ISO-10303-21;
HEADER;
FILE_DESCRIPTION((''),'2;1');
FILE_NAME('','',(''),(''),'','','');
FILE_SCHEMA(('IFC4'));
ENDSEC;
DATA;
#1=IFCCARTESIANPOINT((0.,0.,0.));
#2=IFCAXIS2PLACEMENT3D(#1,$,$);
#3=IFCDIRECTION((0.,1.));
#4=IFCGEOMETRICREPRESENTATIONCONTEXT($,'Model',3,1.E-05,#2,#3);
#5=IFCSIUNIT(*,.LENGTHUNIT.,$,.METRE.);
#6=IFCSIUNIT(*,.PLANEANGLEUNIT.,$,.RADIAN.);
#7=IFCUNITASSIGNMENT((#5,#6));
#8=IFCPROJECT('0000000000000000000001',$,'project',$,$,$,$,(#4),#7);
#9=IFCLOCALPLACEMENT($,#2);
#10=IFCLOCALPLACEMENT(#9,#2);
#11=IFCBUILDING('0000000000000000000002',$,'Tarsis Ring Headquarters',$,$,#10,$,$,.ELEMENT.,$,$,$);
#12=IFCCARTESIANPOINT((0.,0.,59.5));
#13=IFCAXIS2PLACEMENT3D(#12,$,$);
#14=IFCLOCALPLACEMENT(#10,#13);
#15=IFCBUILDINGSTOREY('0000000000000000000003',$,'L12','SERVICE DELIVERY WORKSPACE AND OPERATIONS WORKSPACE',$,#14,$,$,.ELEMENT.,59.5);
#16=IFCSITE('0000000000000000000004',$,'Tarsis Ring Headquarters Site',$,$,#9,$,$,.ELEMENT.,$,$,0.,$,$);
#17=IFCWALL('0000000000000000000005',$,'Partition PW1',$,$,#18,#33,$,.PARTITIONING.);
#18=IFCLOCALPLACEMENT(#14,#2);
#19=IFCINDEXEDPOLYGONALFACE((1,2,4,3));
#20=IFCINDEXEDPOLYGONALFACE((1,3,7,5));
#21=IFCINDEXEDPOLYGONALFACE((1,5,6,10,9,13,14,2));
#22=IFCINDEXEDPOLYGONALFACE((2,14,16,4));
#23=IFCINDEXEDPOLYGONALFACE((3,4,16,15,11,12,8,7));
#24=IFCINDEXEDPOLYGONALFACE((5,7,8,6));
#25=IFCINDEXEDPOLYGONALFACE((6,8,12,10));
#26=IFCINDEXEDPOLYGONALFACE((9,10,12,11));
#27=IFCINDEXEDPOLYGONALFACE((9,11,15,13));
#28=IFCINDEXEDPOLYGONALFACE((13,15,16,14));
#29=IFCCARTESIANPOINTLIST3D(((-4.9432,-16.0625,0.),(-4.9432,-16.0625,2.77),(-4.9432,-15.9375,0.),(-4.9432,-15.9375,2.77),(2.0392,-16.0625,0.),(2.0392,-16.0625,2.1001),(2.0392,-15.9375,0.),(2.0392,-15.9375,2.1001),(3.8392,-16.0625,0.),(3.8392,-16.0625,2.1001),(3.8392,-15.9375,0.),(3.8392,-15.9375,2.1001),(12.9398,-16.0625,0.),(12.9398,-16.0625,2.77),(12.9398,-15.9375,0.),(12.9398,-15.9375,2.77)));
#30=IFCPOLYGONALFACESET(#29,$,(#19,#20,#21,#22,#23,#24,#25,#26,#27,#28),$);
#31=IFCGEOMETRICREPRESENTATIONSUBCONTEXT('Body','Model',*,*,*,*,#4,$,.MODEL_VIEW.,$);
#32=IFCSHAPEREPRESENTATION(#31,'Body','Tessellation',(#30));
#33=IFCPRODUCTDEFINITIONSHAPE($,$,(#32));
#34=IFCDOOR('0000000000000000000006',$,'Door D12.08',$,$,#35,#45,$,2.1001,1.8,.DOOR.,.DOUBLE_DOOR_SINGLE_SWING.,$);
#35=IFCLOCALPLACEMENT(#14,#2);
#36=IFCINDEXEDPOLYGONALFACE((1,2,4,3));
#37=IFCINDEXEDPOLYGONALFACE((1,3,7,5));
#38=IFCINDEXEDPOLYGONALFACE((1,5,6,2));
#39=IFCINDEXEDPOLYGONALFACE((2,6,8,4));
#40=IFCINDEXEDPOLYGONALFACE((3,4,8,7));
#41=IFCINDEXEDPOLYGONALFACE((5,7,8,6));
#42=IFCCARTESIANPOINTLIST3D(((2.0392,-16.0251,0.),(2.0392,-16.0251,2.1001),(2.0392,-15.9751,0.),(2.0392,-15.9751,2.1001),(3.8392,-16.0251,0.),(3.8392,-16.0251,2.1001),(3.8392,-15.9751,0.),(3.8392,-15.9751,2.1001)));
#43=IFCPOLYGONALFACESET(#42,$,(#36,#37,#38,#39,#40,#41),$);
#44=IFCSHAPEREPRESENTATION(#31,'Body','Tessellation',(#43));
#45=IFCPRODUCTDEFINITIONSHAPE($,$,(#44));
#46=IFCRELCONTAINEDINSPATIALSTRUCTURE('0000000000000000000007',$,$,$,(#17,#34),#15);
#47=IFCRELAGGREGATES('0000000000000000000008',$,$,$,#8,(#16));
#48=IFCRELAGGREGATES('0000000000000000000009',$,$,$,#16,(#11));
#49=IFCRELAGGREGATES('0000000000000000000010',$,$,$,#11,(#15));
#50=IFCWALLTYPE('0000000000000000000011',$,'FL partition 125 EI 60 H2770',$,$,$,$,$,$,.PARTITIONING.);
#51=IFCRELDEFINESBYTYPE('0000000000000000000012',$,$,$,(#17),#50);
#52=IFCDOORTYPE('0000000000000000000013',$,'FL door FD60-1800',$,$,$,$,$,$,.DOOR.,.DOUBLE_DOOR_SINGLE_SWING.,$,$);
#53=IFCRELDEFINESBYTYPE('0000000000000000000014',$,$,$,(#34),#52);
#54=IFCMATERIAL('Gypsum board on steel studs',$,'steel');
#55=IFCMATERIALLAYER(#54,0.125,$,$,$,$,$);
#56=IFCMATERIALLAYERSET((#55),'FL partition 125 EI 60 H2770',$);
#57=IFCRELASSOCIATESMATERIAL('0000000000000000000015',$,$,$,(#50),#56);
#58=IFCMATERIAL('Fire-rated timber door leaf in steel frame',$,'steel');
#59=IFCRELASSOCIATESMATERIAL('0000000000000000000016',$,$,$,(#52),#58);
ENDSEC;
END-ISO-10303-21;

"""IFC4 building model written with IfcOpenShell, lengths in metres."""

from ifc_helpers import new_model, si_unit, direction, frame, frame_2d, origin, place, context, subcontext, project, spatial, rectangle, extrude, material, layer, layer_set, type_object, element, fill, save


model = new_model("IFC4")

# Units and contexts
model_context = context("Model", 3, precision=1e-05, world=origin(), true_north=direction((0.0, 1.0)))
body_context = subcontext(model_context, "Body", "Model", "MODEL_VIEW")
ifc_project = project(units=[si_unit("LENGTHUNIT", "METRE"), si_unit("PLANEANGLEUNIT", "RADIAN")], contexts=[model_context])

# Site, building, storey
site_placement = place(None, origin())
site = spatial("IfcSite", under=ifc_project, at=site_placement, Name="Tarsis Ring Headquarters Site", CompositionType="ELEMENT", RefElevation=0.0)
building_placement = place(site_placement, origin())
building = spatial("IfcBuilding", under=site, at=building_placement, Name="Tarsis Ring Headquarters", CompositionType="ELEMENT")
storey_placement = place(building_placement, frame((0.0, 0.0, 59.5)))
storey = spatial("IfcBuildingStorey", under=building, at=storey_placement, Name="L12", Description="SERVICE DELIVERY WORKSPACE AND OPERATIONS WORKSPACE", CompositionType="ELEMENT", Elevation=59.5)

# Shared definitions
ifc_material_1 = material(Name="Gypsum board on steel studs", Category="steel")

# Shared definitions
ifc_layer_1 = layer(ifc_material_1, 0.125)
ifc_layer_set_1 = layer_set([ifc_layer_1], Name="FL partition 125 EI 60 H2770")
wall_type_1 = type_object("IfcWallType", Name="FL partition 125 EI 60 H2770", PredefinedType="PARTITIONING", material=ifc_layer_set_1)
ifc_material_2 = material(Name="Fire-rated timber door leaf in steel frame", Category="steel")
door_type_1 = type_object("IfcDoorType", Name="FL door FD60-1800", OperationType="DOUBLE_DOOR_SINGLE_SWING", PredefinedType="DOOR", material=ifc_material_2)

# Wall, opening, door
wall_1_placement = place(storey_placement, frame((-4.9431, -16.0, 0.0), z_axis=(0.0, 0.0, 1.0), x_axis=(1.0, 0.0, 0.0)))
wall_1 = element("IfcWall", 1, at=wall_1_placement, inside=storey, type_object=wall_type_1, Name="Partition PW1", PredefinedType="PARTITIONING", context=body_context, shape_type="SweptSolid", body=[
    extrude(rectangle(XDim=17.8831, YDim=0.125, at=frame_2d((8.9414, 0.0))), origin(), (0.0, 0.0, 1.0), 2.77),
])
opening_1_placement = place(wall_1_placement, frame((6.9824, 0.0, 0.0)))
opening_1 = element("IfcOpeningElement", 2, at=opening_1_placement, cuts=wall_1, PredefinedType="OPENING", context=body_context, shape_type="SweptSolid", body=[
    extrude(rectangle(XDim=1.8, YDim=2.1001, at=frame_2d((0.8999, 1.05))), frame((0.0, 0.0725, 0.0), z_axis=(0.0, -1.0, 0.0), x_axis=(1.0, 0.0, 0.0)), (0.0, 0.0, 1.0), 0.145),
])
door_1_placement = place(opening_1_placement, origin())
door_1 = element("IfcDoor", 3, at=door_1_placement, inside=storey, type_object=door_type_1, Name="Door D12.08", OperationType="DOUBLE_DOOR_SINGLE_SWING", OverallHeight=2.1001, OverallWidth=1.8, PredefinedType="DOOR", context=body_context, shape_type="SweptSolid", body=[
    extrude(rectangle(XDim=1.8, YDim=2.1001, at=frame_2d((0.8999, 1.05))), frame((0.0, 0.0249, 0.0), z_axis=(0.0, -1.0, 0.0), x_axis=(1.0, 0.0, 0.0)), (0.0, 0.0, 1.0), 0.05),
])
fill(opening_1, door_1)

save(model, "model.ifc")
